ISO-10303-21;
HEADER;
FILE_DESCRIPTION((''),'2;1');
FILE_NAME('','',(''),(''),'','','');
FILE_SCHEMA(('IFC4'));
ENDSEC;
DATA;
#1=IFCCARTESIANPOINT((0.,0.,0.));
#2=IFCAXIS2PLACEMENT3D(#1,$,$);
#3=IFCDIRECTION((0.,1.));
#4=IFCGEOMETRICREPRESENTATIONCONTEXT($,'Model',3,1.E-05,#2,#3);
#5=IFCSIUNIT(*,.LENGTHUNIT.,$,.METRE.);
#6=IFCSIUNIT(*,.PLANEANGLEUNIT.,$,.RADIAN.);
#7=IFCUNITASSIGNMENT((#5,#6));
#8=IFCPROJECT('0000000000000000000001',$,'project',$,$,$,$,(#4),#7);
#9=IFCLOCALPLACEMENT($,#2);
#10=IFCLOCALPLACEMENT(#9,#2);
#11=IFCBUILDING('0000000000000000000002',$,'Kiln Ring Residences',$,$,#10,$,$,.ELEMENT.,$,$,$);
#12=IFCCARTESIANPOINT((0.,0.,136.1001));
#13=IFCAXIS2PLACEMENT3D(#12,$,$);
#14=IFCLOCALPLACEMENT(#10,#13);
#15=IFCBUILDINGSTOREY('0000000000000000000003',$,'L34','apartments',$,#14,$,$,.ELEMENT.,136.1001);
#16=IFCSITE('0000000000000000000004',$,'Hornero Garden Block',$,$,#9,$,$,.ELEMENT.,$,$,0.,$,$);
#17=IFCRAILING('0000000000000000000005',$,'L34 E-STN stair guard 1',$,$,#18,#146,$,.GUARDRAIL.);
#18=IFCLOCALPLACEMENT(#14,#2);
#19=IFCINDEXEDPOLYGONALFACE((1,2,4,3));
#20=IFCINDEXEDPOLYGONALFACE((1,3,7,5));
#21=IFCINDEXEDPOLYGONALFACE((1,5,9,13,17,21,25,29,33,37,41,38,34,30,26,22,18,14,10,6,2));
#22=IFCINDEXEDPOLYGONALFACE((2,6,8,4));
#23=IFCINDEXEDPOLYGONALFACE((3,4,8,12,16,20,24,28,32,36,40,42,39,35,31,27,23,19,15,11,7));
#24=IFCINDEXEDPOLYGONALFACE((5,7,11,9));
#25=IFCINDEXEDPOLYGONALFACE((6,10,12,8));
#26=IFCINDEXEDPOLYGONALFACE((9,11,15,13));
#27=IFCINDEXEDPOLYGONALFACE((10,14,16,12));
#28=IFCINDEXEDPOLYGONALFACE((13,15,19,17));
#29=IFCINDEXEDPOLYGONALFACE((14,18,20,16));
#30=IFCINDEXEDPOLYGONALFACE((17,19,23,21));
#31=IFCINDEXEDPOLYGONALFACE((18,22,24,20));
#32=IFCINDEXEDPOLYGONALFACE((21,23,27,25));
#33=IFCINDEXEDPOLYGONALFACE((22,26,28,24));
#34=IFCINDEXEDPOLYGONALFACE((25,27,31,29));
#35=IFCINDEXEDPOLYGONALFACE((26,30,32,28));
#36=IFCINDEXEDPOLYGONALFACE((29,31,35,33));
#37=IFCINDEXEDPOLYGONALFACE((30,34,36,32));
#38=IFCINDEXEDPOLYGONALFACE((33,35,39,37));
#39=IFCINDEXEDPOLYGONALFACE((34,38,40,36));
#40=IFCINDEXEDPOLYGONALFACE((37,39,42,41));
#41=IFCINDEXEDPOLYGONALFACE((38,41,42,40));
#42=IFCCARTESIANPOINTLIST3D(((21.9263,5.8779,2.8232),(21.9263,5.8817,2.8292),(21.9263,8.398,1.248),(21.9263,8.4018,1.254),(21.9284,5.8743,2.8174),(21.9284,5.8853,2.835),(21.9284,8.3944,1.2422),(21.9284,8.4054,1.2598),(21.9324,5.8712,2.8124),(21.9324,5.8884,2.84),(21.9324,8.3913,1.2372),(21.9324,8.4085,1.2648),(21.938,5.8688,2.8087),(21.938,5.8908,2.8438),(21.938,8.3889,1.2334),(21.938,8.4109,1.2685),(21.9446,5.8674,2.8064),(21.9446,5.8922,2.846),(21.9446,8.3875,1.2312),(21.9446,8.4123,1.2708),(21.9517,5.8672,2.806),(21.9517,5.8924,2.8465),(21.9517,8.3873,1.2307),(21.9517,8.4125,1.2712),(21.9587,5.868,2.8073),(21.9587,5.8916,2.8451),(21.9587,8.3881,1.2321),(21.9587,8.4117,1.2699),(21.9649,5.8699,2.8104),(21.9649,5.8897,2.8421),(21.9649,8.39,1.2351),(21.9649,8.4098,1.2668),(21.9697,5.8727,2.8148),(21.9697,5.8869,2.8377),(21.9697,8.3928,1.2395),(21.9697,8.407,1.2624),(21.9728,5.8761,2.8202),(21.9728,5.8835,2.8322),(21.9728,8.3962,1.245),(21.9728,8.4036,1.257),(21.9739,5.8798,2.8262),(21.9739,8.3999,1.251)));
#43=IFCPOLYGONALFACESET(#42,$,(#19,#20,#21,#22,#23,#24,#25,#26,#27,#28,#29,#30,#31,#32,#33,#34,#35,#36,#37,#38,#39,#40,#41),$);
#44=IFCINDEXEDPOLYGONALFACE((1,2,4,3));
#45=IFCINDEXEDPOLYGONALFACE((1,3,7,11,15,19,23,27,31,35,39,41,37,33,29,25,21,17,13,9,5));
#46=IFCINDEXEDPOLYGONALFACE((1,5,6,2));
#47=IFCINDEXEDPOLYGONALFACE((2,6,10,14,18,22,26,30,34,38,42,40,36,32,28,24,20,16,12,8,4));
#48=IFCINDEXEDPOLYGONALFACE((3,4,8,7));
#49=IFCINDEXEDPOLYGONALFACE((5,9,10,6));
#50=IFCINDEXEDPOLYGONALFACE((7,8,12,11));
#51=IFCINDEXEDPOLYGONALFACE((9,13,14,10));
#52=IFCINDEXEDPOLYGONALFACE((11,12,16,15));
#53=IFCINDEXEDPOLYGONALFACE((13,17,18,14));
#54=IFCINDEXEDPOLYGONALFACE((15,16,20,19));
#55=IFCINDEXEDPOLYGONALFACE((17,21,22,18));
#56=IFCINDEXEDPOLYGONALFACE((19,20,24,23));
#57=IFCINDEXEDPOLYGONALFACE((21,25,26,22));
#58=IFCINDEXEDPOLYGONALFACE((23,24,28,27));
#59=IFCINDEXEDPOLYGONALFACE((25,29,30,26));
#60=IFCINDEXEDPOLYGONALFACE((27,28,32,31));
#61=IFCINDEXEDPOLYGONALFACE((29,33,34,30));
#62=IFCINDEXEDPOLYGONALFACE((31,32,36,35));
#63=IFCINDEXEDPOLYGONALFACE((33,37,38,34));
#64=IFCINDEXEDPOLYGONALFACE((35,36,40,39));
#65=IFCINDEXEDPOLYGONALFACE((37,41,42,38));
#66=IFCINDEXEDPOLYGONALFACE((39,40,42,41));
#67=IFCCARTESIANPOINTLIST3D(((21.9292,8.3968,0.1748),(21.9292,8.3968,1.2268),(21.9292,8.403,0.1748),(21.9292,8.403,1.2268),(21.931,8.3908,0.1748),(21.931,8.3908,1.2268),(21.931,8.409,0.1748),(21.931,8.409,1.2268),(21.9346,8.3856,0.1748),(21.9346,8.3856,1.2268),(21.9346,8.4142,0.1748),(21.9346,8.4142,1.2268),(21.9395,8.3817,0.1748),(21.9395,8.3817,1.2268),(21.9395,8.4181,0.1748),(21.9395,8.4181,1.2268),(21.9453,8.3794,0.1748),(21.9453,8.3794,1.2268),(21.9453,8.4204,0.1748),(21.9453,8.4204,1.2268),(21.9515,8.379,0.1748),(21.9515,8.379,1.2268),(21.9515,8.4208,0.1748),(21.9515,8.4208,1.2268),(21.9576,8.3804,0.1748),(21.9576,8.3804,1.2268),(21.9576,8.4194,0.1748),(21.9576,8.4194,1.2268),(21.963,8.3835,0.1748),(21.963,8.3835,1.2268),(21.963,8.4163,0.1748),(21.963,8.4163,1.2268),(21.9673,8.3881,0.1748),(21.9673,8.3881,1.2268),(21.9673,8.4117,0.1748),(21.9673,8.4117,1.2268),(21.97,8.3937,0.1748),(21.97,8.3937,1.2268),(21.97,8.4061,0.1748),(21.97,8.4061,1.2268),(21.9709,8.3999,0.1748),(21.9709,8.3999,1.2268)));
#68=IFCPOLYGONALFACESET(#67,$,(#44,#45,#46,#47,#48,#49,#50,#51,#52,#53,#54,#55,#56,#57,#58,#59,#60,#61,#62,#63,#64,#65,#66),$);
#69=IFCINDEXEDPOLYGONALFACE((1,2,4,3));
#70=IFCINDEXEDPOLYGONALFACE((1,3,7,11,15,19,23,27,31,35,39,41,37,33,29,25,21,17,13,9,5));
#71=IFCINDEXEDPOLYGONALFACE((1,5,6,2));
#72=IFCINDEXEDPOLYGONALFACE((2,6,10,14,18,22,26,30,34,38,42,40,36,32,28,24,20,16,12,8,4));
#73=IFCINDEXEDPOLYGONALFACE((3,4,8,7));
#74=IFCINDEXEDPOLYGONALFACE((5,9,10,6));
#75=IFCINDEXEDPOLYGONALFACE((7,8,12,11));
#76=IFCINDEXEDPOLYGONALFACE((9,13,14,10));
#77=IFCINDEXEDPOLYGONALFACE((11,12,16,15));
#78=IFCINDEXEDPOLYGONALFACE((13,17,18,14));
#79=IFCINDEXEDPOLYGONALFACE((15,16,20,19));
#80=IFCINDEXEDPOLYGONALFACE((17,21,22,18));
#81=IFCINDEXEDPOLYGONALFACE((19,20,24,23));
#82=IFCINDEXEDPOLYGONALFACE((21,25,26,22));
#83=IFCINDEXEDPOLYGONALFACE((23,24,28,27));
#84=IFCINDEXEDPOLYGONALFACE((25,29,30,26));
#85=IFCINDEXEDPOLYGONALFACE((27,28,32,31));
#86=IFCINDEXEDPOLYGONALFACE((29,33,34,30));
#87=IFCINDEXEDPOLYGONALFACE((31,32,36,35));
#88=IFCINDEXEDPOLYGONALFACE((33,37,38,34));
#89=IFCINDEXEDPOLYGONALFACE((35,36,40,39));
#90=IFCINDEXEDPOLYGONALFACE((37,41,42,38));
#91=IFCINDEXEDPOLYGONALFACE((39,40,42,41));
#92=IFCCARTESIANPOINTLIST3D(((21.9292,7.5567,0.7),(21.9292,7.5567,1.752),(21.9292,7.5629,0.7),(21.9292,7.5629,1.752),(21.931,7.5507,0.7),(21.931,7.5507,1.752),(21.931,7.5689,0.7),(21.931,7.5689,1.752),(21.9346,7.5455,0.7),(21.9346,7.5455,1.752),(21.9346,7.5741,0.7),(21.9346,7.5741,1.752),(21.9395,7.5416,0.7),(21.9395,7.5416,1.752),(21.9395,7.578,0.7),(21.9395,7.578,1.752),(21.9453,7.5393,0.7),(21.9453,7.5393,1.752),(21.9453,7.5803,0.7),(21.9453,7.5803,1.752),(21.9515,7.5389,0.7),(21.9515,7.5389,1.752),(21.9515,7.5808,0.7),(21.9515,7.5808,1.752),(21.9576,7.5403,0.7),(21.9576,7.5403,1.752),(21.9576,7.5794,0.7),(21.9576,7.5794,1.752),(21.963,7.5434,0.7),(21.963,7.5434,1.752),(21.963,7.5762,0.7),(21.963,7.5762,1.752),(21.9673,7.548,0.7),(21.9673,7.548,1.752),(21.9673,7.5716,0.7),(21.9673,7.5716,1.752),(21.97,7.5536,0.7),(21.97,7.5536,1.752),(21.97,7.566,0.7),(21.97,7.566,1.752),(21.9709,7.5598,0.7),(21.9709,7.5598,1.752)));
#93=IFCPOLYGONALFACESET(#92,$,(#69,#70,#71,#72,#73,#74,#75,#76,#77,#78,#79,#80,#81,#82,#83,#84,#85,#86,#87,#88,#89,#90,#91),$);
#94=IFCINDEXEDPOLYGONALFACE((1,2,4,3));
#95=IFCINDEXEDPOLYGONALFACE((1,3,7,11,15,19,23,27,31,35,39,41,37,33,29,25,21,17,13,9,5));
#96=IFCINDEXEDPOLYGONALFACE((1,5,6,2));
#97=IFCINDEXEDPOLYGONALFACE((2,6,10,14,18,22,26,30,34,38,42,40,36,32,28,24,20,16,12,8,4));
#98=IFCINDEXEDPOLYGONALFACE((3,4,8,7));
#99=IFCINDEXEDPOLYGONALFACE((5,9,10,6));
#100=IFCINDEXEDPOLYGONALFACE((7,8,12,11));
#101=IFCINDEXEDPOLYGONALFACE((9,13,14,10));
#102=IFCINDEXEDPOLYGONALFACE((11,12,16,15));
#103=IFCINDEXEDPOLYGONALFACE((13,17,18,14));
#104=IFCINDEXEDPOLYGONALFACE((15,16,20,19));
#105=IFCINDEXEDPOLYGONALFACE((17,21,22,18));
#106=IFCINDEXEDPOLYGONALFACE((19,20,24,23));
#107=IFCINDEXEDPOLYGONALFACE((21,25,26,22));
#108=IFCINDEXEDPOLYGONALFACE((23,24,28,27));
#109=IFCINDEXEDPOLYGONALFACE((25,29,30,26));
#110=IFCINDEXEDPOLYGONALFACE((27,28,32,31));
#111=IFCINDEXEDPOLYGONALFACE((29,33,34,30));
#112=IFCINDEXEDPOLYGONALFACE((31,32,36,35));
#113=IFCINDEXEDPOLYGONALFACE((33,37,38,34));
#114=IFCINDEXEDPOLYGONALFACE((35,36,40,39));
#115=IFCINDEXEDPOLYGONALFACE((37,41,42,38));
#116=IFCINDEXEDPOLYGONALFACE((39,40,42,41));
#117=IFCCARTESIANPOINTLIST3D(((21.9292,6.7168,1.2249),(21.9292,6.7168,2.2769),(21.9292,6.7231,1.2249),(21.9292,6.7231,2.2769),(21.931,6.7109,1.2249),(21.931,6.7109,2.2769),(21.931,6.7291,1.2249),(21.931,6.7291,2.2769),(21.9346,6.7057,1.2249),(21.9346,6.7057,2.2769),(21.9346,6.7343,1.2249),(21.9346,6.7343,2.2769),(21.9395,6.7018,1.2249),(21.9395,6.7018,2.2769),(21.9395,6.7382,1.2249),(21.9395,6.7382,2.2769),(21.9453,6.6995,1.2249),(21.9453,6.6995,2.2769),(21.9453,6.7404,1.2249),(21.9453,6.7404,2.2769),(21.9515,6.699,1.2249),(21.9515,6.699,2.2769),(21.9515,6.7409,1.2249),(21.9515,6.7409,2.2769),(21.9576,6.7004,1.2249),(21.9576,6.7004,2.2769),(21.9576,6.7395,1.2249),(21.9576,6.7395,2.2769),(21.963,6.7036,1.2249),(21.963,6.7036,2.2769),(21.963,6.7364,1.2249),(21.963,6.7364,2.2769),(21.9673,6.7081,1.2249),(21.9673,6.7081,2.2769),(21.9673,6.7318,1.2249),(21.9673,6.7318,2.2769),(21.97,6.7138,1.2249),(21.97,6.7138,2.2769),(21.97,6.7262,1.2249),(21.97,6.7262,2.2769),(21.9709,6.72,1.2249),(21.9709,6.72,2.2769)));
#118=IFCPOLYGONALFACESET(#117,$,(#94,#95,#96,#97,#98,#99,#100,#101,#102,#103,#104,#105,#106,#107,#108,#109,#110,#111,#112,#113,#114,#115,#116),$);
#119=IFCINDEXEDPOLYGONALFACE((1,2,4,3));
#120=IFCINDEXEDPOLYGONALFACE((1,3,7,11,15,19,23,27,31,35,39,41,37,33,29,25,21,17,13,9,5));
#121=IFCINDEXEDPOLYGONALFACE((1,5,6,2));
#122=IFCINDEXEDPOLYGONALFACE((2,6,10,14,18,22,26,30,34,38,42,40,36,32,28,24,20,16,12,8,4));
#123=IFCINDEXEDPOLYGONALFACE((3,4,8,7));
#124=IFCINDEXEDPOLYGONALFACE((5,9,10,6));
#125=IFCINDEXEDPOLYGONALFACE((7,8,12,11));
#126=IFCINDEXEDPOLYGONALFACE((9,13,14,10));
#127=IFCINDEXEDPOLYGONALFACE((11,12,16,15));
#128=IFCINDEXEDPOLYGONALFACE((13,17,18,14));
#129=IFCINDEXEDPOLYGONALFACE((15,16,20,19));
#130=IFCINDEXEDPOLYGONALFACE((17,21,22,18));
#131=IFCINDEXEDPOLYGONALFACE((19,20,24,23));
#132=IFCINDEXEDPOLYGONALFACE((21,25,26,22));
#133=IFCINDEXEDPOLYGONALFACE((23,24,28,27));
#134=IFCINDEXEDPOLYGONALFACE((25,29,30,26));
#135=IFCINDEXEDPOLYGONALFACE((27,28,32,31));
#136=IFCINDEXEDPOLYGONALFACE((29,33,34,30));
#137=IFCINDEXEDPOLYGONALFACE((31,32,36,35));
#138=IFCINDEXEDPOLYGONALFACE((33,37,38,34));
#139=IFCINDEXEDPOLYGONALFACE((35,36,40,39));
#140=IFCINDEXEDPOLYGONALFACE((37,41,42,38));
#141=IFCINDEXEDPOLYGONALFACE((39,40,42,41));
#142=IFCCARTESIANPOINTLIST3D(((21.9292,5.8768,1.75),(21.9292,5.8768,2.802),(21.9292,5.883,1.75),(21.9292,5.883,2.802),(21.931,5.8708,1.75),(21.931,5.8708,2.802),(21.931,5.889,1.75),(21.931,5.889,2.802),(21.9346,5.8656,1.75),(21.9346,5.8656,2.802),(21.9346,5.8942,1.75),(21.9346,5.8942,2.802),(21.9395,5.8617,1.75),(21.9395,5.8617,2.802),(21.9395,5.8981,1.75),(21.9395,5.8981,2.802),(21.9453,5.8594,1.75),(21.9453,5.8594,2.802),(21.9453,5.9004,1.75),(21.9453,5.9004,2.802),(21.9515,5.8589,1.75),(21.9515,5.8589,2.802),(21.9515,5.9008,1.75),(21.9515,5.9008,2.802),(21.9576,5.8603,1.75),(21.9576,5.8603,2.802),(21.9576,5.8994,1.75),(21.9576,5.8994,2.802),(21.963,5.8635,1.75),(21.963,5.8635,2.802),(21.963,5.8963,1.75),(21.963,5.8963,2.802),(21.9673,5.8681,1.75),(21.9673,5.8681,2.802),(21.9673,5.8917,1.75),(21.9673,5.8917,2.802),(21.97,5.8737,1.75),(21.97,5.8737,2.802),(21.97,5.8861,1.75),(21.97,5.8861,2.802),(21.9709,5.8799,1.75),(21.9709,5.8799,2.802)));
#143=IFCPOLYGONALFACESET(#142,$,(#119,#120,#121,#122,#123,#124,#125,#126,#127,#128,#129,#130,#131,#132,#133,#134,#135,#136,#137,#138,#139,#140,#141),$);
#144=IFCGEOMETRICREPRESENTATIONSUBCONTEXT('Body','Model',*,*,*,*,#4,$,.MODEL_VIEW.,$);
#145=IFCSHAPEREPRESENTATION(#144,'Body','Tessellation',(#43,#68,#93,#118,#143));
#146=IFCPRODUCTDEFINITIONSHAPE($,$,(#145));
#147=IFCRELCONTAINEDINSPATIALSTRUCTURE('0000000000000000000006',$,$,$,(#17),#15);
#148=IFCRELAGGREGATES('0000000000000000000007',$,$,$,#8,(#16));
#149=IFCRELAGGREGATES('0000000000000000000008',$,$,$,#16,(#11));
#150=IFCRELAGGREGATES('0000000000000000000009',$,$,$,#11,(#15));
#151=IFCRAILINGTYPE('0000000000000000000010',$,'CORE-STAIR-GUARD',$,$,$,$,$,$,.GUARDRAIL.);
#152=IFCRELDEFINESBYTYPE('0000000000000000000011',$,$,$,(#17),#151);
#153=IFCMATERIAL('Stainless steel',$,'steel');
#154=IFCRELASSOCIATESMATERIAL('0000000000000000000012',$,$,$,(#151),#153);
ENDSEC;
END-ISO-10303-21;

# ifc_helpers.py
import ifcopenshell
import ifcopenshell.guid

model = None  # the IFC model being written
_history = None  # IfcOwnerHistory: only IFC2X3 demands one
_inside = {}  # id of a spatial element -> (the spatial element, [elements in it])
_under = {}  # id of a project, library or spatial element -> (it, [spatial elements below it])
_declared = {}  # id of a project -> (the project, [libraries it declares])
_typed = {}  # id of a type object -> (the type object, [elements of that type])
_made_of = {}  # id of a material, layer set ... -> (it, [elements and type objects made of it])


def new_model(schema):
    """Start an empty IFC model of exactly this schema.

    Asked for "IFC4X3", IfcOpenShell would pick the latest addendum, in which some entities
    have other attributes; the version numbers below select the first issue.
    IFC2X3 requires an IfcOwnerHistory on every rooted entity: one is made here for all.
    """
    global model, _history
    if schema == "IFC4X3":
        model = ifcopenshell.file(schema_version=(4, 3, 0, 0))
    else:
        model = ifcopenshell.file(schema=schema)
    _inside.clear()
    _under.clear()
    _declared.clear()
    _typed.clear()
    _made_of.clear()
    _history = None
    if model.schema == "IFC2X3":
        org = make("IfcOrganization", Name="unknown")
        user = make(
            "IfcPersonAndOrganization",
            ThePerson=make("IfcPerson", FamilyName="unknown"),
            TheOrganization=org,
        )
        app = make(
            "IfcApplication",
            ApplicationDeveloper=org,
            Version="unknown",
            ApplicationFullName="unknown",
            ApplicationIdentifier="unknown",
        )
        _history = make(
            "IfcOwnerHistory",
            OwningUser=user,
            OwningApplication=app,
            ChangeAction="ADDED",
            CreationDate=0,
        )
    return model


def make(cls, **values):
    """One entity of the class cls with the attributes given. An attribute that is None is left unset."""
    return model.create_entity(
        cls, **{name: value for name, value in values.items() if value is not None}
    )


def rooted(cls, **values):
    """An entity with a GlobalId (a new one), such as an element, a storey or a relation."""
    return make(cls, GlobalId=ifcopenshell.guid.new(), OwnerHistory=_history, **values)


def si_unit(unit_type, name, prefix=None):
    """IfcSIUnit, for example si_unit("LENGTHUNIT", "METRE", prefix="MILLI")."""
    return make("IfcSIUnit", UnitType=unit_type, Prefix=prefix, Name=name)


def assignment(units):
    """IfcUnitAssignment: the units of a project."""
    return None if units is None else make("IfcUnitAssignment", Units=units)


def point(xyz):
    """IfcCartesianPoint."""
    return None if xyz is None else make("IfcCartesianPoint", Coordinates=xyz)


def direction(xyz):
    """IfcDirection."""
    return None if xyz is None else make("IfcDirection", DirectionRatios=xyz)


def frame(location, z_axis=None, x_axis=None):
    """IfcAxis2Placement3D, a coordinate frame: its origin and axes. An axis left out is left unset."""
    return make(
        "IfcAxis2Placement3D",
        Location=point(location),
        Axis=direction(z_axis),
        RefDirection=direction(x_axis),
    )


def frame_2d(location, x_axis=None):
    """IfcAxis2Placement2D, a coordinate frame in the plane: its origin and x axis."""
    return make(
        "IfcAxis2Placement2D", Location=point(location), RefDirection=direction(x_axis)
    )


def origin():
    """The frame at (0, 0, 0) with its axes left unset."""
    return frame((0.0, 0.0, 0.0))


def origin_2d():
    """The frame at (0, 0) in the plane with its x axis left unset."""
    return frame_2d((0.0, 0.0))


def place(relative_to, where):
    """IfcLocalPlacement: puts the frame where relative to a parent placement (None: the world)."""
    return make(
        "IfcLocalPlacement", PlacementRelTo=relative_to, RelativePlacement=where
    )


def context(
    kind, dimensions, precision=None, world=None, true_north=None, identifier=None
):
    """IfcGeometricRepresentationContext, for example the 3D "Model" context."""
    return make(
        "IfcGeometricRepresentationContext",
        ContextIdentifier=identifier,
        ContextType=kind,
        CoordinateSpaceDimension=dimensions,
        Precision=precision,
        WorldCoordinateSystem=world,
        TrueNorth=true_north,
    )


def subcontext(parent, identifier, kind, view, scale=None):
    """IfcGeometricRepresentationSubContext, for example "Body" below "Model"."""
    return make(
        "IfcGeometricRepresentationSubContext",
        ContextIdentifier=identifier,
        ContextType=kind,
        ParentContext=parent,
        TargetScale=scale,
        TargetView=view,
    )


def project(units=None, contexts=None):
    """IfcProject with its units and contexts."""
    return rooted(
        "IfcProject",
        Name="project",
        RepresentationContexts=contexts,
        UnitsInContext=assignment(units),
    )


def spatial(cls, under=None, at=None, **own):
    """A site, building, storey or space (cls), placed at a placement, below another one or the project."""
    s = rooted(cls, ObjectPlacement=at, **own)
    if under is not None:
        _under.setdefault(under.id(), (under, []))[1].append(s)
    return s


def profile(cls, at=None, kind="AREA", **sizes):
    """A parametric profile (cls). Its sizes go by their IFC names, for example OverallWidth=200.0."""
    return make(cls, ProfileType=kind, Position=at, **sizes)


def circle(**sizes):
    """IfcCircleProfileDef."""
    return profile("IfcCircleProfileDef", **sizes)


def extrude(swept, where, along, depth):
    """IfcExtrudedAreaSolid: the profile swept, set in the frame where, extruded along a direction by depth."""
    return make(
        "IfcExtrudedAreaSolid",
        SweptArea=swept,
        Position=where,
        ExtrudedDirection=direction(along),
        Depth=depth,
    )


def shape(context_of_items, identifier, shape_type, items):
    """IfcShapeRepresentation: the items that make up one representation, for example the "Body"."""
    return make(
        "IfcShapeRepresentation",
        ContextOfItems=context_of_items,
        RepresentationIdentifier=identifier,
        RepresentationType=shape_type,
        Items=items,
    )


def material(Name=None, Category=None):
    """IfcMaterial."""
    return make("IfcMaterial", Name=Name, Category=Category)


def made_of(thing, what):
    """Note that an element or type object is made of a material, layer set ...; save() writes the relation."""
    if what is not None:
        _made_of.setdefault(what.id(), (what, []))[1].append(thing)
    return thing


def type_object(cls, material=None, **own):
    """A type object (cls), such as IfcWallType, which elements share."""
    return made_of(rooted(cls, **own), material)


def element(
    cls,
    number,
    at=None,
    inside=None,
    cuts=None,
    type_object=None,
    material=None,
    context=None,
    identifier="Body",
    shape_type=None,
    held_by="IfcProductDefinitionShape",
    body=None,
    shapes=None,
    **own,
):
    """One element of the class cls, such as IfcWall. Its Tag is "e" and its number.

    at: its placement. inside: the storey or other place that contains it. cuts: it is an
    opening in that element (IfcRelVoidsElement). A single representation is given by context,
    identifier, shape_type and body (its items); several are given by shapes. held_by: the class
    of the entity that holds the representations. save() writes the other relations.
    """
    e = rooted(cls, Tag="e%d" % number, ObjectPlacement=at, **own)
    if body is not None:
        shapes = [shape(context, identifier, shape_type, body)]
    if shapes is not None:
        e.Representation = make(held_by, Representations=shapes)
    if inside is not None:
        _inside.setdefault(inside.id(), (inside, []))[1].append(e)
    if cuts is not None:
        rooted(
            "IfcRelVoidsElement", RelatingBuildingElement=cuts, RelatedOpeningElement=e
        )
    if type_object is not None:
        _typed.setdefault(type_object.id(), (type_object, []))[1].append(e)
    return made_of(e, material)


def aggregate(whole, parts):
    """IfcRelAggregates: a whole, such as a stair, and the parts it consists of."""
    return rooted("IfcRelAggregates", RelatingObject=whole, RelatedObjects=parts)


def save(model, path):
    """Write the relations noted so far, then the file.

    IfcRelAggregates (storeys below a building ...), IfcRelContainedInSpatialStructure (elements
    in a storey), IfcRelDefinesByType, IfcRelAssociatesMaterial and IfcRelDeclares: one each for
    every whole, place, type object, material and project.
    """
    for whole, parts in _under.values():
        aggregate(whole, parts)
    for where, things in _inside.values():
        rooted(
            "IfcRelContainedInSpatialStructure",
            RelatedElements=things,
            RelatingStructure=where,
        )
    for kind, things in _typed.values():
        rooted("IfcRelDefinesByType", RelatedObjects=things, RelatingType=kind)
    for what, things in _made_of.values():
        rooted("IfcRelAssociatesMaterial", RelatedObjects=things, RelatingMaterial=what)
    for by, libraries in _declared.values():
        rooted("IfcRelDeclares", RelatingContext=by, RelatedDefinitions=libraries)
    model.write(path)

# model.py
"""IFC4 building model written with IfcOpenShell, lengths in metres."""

from ifc_helpers import new_model, si_unit, direction, frame, origin, origin_2d, place, context, subcontext, project, spatial, circle, extrude, material, type_object, element, save


model = new_model("IFC4")

# Units and contexts
model_context = context("Model", 3, precision=1e-05, world=origin(), true_north=direction((0.0, 1.0)))
body_context = subcontext(model_context, "Body", "Model", "MODEL_VIEW")
ifc_project = project(units=[si_unit("LENGTHUNIT", "METRE"), si_unit("PLANEANGLEUNIT", "RADIAN")], contexts=[model_context])

# Site, building, storey
site_placement = place(None, origin())
site = spatial("IfcSite", under=ifc_project, at=site_placement, Name="Hornero Garden Block", CompositionType="ELEMENT", RefElevation=0.0)
building_placement = place(site_placement, origin())
building = spatial("IfcBuilding", under=site, at=building_placement, Name="Kiln Ring Residences", CompositionType="ELEMENT")
storey_placement = place(building_placement, frame((0.0, 0.0, 136.1001)))
storey = spatial("IfcBuildingStorey", under=building, at=storey_placement, Name="L34", Description="apartments", CompositionType="ELEMENT", Elevation=136.1001)

# Railing
ifc_material_1 = material(Name="Stainless steel", Category="steel")
railing_type_1 = type_object("IfcRailingType", Name="CORE-STAIR-GUARD", PredefinedType="GUARDRAIL", material=ifc_material_1)
railing_1_placement = place(storey_placement, frame((21.95, 8.3999, 0.1748)))
element("IfcRailing", 1, at=railing_1_placement, inside=storey, type_object=railing_type_1, Name="L34 E-STN stair guard 1", PredefinedType="GUARDRAIL", context=body_context, shape_type="SweptSolid", body=[
    extrude(circle(Radius=0.0239, at=origin_2d()), frame((0.0, 0.0, 1.0762), z_axis=(0.0, -0.847971, 0.530043), x_axis=(1.0, 0.0, 0.0)), (0.0, 0.0, 1.0), 2.9719),
    extrude(circle(Radius=0.021, at=origin_2d()), origin(), (0.0, 0.0, 1.0), 1.052),
    extrude(circle(Radius=0.021, at=origin_2d()), frame((0.0, -0.8401, 0.5251)), (0.0, 0.0, 1.0), 1.052),
    extrude(circle(Radius=0.021, at=origin_2d()), frame((0.0, -1.6799, 1.05)), (0.0, 0.0, 1.0), 1.052),
    extrude(circle(Radius=0.021, at=origin_2d()), frame((0.0, -2.52, 1.5752)), (0.0, 0.0, 1.0), 1.052),
])

save(model, "model.ifc")
